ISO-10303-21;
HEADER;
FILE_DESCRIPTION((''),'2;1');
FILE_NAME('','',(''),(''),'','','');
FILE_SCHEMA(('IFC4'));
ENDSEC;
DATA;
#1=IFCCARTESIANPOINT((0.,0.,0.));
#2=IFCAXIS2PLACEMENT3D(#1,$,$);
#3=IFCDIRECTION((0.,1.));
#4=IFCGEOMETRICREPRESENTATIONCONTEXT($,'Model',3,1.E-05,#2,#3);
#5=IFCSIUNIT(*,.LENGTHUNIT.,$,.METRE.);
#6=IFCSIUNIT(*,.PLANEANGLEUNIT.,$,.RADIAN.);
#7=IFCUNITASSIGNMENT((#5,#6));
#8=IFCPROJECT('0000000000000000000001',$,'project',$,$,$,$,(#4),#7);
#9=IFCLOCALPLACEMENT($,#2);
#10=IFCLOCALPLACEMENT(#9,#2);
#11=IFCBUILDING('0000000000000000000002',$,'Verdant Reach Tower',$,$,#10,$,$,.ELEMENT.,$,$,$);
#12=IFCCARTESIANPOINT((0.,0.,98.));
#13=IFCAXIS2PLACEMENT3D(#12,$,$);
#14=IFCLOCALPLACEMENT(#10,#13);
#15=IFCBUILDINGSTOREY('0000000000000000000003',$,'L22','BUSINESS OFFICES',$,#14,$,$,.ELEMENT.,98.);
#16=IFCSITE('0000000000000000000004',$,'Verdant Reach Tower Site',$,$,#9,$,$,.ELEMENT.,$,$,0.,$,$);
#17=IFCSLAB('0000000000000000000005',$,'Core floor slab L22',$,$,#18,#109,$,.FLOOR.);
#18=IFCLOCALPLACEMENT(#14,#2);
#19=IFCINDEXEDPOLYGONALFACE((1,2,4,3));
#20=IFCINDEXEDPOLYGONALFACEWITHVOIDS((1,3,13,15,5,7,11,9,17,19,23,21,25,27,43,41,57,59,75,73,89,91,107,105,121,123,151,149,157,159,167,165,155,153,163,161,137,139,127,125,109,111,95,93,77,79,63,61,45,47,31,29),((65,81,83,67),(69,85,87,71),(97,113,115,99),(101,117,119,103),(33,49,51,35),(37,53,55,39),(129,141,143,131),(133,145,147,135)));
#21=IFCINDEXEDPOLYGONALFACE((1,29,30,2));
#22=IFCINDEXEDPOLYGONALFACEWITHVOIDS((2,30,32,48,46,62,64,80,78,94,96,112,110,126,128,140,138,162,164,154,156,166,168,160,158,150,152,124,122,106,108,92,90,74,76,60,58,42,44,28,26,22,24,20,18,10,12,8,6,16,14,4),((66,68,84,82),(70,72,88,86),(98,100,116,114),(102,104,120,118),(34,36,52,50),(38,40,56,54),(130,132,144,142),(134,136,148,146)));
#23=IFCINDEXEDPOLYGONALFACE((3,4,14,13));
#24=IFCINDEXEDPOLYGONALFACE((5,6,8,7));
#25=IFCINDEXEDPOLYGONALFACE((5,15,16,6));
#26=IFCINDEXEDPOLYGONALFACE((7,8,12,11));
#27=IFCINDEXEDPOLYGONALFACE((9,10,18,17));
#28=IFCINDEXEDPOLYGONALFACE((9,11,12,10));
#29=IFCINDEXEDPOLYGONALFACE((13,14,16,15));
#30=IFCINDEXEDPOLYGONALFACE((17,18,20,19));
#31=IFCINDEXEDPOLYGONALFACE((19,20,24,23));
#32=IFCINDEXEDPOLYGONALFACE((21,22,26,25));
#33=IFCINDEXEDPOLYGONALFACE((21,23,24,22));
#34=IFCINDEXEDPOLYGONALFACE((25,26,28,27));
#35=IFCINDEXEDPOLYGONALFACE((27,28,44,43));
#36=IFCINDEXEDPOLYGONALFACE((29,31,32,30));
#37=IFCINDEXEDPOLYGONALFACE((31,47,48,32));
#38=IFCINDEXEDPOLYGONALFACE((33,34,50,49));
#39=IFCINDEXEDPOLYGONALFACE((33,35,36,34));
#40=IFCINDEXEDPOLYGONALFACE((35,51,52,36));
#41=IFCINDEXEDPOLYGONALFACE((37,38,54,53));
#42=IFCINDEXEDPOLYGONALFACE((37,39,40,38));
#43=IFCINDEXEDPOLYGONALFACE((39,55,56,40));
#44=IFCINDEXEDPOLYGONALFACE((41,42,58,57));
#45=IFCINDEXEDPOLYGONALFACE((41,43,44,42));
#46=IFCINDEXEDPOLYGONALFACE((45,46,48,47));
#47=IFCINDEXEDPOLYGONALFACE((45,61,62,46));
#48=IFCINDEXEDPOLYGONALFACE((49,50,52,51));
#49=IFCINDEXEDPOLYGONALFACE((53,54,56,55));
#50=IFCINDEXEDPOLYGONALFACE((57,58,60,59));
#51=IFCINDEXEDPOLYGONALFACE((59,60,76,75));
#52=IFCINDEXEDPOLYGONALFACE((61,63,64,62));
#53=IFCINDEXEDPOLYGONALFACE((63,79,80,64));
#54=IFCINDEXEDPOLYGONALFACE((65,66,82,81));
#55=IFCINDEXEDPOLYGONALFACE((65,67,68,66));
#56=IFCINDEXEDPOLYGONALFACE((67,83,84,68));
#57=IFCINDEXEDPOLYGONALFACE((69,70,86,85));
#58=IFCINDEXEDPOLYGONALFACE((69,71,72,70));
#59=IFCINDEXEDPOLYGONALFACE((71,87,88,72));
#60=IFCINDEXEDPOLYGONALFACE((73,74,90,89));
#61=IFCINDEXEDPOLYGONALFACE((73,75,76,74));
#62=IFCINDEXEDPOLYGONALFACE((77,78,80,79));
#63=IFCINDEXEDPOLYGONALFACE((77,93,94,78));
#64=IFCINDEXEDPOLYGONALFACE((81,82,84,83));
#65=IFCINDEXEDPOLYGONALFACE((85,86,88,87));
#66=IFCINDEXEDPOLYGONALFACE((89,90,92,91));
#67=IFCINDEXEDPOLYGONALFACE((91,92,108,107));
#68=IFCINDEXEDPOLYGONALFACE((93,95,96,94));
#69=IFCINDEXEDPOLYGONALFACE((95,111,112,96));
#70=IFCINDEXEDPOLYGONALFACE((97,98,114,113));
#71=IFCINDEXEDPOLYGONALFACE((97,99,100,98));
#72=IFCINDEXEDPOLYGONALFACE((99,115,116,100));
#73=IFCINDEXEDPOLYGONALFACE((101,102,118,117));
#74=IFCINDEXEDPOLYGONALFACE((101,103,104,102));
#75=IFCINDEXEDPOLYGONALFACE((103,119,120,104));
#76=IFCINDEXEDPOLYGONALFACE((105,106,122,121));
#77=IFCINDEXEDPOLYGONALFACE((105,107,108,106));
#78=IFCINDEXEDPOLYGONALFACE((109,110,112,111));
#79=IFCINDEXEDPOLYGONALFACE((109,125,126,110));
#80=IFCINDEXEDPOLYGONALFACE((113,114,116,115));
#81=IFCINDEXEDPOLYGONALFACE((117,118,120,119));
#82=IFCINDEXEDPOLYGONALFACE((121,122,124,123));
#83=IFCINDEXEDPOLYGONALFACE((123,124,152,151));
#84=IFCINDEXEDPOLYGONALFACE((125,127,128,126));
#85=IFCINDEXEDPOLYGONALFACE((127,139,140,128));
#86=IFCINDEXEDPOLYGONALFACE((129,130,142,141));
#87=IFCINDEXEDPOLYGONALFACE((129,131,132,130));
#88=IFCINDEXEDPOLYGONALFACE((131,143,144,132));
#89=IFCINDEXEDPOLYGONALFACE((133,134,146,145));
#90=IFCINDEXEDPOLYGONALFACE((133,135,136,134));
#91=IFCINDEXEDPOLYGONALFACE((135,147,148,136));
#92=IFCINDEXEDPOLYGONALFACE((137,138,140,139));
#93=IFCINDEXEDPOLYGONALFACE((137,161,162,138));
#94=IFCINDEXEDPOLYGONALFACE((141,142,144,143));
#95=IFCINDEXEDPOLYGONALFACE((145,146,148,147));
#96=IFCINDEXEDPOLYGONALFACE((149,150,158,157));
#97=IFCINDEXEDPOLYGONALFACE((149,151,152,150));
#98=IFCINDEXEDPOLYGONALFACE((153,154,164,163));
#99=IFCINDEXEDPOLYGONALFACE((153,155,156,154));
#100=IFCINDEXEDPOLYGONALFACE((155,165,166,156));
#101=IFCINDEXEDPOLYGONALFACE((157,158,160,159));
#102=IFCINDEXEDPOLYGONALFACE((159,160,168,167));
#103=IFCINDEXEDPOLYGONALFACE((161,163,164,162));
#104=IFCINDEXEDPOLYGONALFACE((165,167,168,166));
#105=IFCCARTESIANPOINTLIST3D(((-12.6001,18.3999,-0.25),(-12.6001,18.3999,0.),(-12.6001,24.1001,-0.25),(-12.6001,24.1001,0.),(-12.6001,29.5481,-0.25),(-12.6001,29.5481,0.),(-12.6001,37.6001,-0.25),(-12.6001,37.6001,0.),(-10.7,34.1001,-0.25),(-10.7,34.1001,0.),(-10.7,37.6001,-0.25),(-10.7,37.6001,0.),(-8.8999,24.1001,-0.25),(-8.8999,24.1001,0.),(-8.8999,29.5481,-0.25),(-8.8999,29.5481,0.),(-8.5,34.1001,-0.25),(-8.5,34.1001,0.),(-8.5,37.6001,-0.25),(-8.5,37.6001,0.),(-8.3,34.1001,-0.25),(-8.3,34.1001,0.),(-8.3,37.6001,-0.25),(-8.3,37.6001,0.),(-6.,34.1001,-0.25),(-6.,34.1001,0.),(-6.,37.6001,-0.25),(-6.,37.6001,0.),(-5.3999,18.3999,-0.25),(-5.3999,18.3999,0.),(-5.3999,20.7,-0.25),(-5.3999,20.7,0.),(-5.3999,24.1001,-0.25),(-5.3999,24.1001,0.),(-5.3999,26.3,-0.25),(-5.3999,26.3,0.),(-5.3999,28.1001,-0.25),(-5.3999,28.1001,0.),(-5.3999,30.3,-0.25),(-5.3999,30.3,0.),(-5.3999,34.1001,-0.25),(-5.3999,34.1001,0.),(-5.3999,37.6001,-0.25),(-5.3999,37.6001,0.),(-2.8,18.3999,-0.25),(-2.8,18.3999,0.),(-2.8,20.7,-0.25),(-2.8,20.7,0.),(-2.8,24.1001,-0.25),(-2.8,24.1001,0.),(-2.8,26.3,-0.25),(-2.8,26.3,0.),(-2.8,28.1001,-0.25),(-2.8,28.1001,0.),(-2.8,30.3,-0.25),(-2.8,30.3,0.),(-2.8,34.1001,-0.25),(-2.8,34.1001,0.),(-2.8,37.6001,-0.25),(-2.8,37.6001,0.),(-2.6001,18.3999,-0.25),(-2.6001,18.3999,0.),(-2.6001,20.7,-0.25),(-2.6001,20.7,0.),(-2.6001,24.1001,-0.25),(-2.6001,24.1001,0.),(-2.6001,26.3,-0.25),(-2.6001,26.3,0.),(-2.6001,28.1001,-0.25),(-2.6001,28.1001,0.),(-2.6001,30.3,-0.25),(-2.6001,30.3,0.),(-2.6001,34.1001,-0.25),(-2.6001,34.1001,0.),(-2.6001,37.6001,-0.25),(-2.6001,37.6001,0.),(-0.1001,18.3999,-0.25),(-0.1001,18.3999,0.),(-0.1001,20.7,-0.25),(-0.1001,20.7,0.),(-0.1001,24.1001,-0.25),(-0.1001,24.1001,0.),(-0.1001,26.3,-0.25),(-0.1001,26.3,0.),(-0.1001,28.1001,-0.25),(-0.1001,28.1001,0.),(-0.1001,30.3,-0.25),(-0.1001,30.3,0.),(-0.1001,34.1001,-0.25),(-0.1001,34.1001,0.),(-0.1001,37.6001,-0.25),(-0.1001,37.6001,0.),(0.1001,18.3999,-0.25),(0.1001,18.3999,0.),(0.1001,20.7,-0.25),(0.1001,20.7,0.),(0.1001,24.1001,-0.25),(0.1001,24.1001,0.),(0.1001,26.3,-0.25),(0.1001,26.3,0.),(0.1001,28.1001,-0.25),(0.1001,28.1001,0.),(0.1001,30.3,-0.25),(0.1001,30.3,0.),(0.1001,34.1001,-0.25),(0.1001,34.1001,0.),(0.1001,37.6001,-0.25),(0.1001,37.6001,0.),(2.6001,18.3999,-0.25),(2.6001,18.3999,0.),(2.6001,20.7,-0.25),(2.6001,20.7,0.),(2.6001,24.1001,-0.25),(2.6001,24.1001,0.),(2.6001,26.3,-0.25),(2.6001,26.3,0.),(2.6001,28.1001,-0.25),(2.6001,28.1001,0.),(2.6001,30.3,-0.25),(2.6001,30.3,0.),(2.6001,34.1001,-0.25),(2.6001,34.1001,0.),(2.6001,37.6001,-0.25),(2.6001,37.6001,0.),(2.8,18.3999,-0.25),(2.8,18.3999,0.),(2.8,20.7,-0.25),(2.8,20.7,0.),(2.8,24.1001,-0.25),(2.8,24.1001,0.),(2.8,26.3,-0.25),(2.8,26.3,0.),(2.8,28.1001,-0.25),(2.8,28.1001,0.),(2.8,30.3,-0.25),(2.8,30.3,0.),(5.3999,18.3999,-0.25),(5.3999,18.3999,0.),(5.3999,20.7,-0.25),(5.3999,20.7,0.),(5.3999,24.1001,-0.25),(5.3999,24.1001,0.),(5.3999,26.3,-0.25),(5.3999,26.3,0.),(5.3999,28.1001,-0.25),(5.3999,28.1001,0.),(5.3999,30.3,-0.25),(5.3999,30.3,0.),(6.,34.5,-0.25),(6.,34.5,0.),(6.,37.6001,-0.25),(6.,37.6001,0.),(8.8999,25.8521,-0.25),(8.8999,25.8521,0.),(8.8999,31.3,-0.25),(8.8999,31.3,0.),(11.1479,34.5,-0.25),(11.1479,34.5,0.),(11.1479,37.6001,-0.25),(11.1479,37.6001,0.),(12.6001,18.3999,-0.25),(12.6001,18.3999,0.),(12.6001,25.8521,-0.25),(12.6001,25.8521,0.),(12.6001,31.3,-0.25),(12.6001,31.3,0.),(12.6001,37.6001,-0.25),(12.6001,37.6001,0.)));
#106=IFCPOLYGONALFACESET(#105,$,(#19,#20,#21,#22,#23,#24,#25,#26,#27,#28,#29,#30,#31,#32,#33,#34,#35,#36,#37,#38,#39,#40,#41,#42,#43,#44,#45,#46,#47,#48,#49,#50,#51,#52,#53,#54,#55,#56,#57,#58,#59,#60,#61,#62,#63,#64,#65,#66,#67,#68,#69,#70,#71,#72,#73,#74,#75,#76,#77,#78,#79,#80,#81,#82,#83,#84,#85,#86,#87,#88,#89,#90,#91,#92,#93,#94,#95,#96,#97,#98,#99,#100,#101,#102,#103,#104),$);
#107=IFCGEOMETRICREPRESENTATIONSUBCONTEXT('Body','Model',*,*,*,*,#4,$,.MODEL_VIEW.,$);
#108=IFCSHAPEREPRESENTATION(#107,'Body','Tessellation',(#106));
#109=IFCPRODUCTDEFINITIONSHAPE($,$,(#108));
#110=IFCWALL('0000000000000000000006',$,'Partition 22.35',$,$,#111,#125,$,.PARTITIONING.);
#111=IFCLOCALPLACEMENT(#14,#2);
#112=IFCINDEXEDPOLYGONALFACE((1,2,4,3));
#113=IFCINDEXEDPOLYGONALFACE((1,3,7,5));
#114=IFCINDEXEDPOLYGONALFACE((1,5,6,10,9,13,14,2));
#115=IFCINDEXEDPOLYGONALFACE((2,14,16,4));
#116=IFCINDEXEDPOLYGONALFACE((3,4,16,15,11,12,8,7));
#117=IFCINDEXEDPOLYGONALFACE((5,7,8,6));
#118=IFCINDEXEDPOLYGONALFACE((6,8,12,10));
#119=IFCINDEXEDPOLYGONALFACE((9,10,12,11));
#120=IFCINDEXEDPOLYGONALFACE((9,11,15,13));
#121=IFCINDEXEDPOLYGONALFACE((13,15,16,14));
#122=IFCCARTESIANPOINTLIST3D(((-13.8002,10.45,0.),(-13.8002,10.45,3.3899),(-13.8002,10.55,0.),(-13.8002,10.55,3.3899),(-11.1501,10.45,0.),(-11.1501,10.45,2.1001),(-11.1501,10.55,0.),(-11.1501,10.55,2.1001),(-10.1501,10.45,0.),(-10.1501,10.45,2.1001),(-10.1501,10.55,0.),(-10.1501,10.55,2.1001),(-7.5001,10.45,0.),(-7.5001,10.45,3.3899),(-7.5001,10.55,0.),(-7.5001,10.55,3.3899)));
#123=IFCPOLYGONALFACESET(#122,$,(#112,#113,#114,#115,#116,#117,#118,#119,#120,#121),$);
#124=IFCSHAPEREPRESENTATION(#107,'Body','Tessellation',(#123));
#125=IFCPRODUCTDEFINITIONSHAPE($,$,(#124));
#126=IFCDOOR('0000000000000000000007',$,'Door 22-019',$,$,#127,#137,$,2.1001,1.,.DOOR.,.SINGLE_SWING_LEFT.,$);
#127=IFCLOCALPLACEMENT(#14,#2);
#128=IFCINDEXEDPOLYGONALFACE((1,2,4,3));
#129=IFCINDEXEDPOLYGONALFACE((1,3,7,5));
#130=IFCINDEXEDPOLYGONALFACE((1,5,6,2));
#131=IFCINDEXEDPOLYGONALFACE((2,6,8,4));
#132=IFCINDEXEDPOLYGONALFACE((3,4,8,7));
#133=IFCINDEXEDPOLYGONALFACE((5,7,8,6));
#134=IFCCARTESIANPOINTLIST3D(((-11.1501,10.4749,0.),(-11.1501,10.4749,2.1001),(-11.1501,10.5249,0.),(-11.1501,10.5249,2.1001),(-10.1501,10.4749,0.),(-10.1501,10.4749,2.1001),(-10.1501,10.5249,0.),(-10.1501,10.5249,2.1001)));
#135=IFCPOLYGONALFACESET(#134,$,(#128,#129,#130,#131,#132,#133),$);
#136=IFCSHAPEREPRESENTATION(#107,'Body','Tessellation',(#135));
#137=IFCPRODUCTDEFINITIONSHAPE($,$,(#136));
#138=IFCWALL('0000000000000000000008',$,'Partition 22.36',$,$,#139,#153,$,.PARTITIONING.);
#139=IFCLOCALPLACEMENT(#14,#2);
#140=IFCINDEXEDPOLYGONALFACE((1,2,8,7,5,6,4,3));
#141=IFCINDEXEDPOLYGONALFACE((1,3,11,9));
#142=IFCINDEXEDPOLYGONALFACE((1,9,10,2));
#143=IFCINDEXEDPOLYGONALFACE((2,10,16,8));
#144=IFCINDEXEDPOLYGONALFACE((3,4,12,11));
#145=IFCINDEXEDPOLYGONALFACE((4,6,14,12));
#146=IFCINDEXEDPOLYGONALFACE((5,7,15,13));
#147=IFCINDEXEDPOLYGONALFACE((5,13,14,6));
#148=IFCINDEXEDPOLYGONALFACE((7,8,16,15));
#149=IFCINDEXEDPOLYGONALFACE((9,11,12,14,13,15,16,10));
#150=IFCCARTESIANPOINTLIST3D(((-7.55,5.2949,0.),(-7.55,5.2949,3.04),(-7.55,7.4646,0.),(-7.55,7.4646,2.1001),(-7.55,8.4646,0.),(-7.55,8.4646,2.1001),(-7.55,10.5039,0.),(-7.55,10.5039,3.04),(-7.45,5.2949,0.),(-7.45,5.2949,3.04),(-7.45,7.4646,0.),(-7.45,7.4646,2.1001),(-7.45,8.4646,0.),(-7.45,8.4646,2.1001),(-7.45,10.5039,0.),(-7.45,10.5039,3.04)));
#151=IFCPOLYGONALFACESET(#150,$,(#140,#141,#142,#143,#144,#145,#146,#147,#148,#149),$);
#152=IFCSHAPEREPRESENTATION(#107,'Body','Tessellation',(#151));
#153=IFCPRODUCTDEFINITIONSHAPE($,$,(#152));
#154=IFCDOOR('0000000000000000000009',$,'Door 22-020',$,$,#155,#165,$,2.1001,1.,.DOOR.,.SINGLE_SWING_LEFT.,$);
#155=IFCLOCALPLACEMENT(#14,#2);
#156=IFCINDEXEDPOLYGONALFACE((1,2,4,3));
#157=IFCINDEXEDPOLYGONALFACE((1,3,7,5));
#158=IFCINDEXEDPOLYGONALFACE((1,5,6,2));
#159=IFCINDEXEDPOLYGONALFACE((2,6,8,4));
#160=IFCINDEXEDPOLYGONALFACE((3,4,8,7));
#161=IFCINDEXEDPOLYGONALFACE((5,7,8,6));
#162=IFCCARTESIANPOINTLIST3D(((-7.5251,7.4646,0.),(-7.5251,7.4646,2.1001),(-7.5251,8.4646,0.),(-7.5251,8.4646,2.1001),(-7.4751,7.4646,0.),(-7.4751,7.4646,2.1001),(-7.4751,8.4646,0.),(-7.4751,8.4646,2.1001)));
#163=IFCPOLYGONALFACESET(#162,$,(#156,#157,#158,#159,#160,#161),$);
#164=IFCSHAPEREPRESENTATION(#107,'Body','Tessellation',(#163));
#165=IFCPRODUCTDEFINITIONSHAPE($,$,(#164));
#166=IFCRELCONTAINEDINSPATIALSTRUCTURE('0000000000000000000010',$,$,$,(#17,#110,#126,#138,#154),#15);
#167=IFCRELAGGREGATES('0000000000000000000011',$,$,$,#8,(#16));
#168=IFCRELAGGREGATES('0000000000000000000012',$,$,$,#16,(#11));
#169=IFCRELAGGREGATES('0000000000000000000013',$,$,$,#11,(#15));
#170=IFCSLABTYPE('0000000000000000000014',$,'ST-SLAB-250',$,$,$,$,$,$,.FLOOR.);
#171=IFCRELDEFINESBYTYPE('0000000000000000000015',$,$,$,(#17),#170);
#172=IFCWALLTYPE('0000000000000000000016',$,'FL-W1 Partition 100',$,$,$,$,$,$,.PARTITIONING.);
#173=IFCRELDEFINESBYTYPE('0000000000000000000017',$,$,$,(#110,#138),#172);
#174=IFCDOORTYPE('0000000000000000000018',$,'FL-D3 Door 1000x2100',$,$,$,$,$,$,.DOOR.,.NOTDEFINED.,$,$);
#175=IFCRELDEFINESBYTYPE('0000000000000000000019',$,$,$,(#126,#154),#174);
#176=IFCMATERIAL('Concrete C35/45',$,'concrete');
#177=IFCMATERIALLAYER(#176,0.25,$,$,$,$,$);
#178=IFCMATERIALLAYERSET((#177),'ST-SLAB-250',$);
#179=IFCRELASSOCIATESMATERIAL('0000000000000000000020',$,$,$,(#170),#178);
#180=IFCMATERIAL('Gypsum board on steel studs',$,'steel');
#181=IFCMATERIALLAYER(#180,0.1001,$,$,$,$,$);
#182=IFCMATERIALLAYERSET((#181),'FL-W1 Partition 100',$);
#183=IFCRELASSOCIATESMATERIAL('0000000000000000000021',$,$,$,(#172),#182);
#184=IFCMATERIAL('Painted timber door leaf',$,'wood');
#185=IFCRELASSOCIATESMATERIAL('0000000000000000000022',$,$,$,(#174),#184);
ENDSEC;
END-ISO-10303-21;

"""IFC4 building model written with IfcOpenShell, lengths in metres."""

from ifc_helpers import new_model, si_unit, direction, frame, frame_2d, origin, place, context, subcontext, project, spatial, polyline, rectangle, outline, extrude, material, layer, layer_set, type_object, element, fill, save


model = new_model("IFC4")

# Units and contexts
model_context = context("Model", 3, precision=1e-05, world=origin(), true_north=direction((0.0, 1.0)))
body_context = subcontext(model_context, "Body", "Model", "MODEL_VIEW")
ifc_project = project(units=[si_unit("LENGTHUNIT", "METRE"), si_unit("PLANEANGLEUNIT", "RADIAN")], contexts=[model_context])

# Site, building, storey
site_placement = place(None, origin())
site = spatial("IfcSite", under=ifc_project, at=site_placement, Name="Verdant Reach Tower Site", CompositionType="ELEMENT", RefElevation=0.0)
building_placement = place(site_placement, origin())
building = spatial("IfcBuilding", under=site, at=building_placement, Name="Verdant Reach Tower", CompositionType="ELEMENT")
storey_placement = place(building_placement, frame((0.0, 0.0, 98.0)))
storey = spatial("IfcBuildingStorey", under=building, at=storey_placement, Name="L22", Description="BUSINESS OFFICES", CompositionType="ELEMENT", Elevation=98.0)

# Slab
ifc_material_1 = material(Name="Concrete C35/45", Category="concrete")
ifc_layer_1 = layer(ifc_material_1, 0.25)
ifc_layer_set_1 = layer_set([ifc_layer_1], Name="ST-SLAB-250")
slab_type_1 = type_object("IfcSlabType", Name="ST-SLAB-250", PredefinedType="FLOOR", material=ifc_layer_set_1)
slab_1_placement = place(storey_placement, frame((0.0, 0.0, -0.25)))
element("IfcSlab", 1, at=slab_1_placement, inside=storey, type_object=slab_type_1, Name="Core floor slab L22", PredefinedType="FLOOR", context=body_context, shape_type="SweptSolid", body=[
    extrude(outline(polyline([(12.6001, 18.3999), (5.3999, 18.3999), (5.3999, 20.7), (2.8, 20.7), (2.8, 18.3999), (2.6001, 18.3999), (2.6001, 20.7), (0.1001, 20.7), (0.1001, 18.3999), (-0.1001, 18.3999), (-0.1001, 20.7), (-2.6001, 20.7), (-2.6001, 18.3999), (-2.8, 18.3999), (-2.8, 20.7), (-5.3999, 20.7), (-5.3999, 18.3999), (-12.6001, 18.3999), (-12.6001, 24.1001), (-8.8999, 24.1001), (-8.8999, 29.5481), (-12.6001, 29.5481), (-12.6001, 37.6001), (-10.7, 37.6001), (-10.7, 34.1001), (-8.5, 34.1001), (-8.5, 37.6001), (-8.3, 37.6001), (-8.3, 34.1001), (-6.0, 34.1001), (-6.0, 37.6001), (-5.3999, 37.6001), (-5.3999, 34.1001), (-2.8, 34.1001), (-2.8, 37.6001), (-2.6001, 37.6001), (-2.6001, 34.1001), (-0.1001, 34.1001), (-0.1001, 37.6001), (0.1001, 37.6001), (0.1001, 34.1001), (2.6001, 34.1001), (2.6001, 37.6001), (6.0, 37.6001), (6.0, 34.5), (11.1479, 34.5), (11.1479, 37.6001), (12.6001, 37.6001), (12.6001, 31.3), (8.8999, 31.3), (8.8999, 25.8521), (12.6001, 25.8521), (12.6001, 18.3999)]), holes=[polyline([(-2.8, 24.1001), (-2.8, 26.3), (-5.3999, 26.3), (-5.3999, 24.1001), (-2.8, 24.1001)]), polyline([(-2.6001, 24.1001), (-0.1001, 24.1001), (-0.1001, 26.3), (-2.6001, 26.3), (-2.6001, 24.1001)]), polyline([(-2.8, 28.1001), (-2.8, 30.3), (-5.3999, 30.3), (-5.3999, 28.1001), (-2.8, 28.1001)]), polyline([(-0.1001, 28.1001), (-0.1001, 30.3), (-2.6001, 30.3), (-2.6001, 28.1001), (-0.1001, 28.1001)]), polyline([(2.6001, 24.1001), (2.6001, 26.3), (0.1001, 26.3), (0.1001, 24.1001), (2.6001, 24.1001)]), polyline([(2.8, 24.1001), (5.3999, 24.1001), (5.3999, 26.3), (2.8, 26.3), (2.8, 24.1001)]), polyline([(2.6001, 28.1001), (2.6001, 30.3), (0.1001, 30.3), (0.1001, 28.1001), (2.6001, 28.1001)]), polyline([(5.3999, 28.1001), (5.3999, 30.3), (2.8, 30.3), (2.8, 28.1001), (5.3999, 28.1001)])]), origin(), (0.0, 0.0, 1.0), 0.25),
])

# Walls, openings, doors
ifc_material_2 = material(Name="Gypsum board on steel studs", Category="steel")
ifc_layer_2 = layer(ifc_material_2, 0.1001)
ifc_layer_set_2 = layer_set([ifc_layer_2], Name="FL-W1 Partition 100")
wall_type_1 = type_object("IfcWallType", Name="FL-W1 Partition 100", PredefinedType="PARTITIONING", material=ifc_layer_set_2)
wall_1_placement = place(storey_placement, frame((-13.8, 10.5, 0.0), z_axis=(0.0, 0.0, 1.0), x_axis=(1.0, 0.0, 0.0)))
wall_1 = element("IfcWall", 2, at=wall_1_placement, inside=storey, type_object=wall_type_1, Name="Partition 22.35", PredefinedType="PARTITIONING", context=body_context, shape_type="SweptSolid", body=[
    extrude(rectangle(XDim=6.3, YDim=0.1001, at=frame_2d((3.1499, 0.0))), origin(), (0.0, 0.0, 1.0), 3.3899),
])
opening_1_placement = place(wall_1_placement, frame((2.6499, 0.0, 0.0)))
opening_1 = element("IfcOpeningElement", 3, at=opening_1_placement, cuts=wall_1, PredefinedType="OPENING", context=body_context, shape_type="SweptSolid", body=[
    extrude(rectangle(XDim=1.0, YDim=2.1001, at=frame_2d((0.5, 1.05))), frame((0.0, 0.0601, 0.0), z_axis=(0.0, -1.0, 0.0), x_axis=(1.0, 0.0, 0.0)), (0.0, 0.0, 1.0), 0.1201),
])
ifc_material_3 = material(Name="Painted timber door leaf", Category="wood")
door_type = type_object("IfcDoorType", Name="FL-D3 Door 1000x2100", OperationType="NOTDEFINED", PredefinedType="DOOR", material=ifc_material_3)
door_1_placement = place(opening_1_placement, origin())
door_1 = element("IfcDoor", 4, at=door_1_placement, inside=storey, type_object=door_type, Name="Door 22-019", OperationType="SINGLE_SWING_LEFT", OverallHeight=2.1001, OverallWidth=1.0, PredefinedType="DOOR", context=body_context, shape_type="SweptSolid", body=[
    extrude(rectangle(XDim=1.0, YDim=2.1001, at=frame_2d((0.5, 1.05))), frame((0.0, 0.0249, 0.0), z_axis=(0.0, -1.0, 0.0), x_axis=(1.0, 0.0, 0.0)), (0.0, 0.0, 1.0), 0.05),
])
fill(opening_1, door_1)
wall_2_placement = place(storey_placement, frame((-7.5, 10.5039, 0.0), z_axis=(0.0, 0.0, 1.0), x_axis=(0.0, -1.0, 0.0)))
wall_2 = element("IfcWall", 5, at=wall_2_placement, inside=storey, type_object=wall_type_1, Name="Partition 22.36", PredefinedType="PARTITIONING", context=body_context, shape_type="SweptSolid", body=[
    extrude(rectangle(XDim=5.209, YDim=0.1001, at=frame_2d((2.6045, 0.0))), origin(), (0.0, 0.0, 1.0), 3.04),
])
opening_2_placement = place(wall_2_placement, frame((2.0393, 0.0, 0.0)))
opening_2 = element("IfcOpeningElement", 6, at=opening_2_placement, cuts=wall_2, PredefinedType="OPENING", context=body_context, shape_type="SweptSolid", body=[
    extrude(rectangle(XDim=1.0, YDim=2.1001, at=frame_2d((0.5, 1.05))), frame((0.0, 0.0601, 0.0), z_axis=(0.0, -1.0, 0.0), x_axis=(1.0, 0.0, 0.0)), (0.0, 0.0, 1.0), 0.1201),
])
door_2_placement = place(opening_2_placement, origin())
door_2 = element("IfcDoor", 7, at=door_2_placement, inside=storey, type_object=door_type, Name="Door 22-020", OperationType="SINGLE_SWING_LEFT", OverallHeight=2.1001, OverallWidth=1.0, PredefinedType="DOOR", context=body_context, shape_type="SweptSolid", body=[
    extrude(rectangle(XDim=1.0, YDim=2.1001, at=frame_2d((0.5, 1.05))), frame((0.0, 0.0249, 0.0), z_axis=(0.0, -1.0, 0.0), x_axis=(1.0, 0.0, 0.0)), (0.0, 0.0, 1.0), 0.05),
])
fill(opening_2, door_2)

save(model, "model.ifc")
